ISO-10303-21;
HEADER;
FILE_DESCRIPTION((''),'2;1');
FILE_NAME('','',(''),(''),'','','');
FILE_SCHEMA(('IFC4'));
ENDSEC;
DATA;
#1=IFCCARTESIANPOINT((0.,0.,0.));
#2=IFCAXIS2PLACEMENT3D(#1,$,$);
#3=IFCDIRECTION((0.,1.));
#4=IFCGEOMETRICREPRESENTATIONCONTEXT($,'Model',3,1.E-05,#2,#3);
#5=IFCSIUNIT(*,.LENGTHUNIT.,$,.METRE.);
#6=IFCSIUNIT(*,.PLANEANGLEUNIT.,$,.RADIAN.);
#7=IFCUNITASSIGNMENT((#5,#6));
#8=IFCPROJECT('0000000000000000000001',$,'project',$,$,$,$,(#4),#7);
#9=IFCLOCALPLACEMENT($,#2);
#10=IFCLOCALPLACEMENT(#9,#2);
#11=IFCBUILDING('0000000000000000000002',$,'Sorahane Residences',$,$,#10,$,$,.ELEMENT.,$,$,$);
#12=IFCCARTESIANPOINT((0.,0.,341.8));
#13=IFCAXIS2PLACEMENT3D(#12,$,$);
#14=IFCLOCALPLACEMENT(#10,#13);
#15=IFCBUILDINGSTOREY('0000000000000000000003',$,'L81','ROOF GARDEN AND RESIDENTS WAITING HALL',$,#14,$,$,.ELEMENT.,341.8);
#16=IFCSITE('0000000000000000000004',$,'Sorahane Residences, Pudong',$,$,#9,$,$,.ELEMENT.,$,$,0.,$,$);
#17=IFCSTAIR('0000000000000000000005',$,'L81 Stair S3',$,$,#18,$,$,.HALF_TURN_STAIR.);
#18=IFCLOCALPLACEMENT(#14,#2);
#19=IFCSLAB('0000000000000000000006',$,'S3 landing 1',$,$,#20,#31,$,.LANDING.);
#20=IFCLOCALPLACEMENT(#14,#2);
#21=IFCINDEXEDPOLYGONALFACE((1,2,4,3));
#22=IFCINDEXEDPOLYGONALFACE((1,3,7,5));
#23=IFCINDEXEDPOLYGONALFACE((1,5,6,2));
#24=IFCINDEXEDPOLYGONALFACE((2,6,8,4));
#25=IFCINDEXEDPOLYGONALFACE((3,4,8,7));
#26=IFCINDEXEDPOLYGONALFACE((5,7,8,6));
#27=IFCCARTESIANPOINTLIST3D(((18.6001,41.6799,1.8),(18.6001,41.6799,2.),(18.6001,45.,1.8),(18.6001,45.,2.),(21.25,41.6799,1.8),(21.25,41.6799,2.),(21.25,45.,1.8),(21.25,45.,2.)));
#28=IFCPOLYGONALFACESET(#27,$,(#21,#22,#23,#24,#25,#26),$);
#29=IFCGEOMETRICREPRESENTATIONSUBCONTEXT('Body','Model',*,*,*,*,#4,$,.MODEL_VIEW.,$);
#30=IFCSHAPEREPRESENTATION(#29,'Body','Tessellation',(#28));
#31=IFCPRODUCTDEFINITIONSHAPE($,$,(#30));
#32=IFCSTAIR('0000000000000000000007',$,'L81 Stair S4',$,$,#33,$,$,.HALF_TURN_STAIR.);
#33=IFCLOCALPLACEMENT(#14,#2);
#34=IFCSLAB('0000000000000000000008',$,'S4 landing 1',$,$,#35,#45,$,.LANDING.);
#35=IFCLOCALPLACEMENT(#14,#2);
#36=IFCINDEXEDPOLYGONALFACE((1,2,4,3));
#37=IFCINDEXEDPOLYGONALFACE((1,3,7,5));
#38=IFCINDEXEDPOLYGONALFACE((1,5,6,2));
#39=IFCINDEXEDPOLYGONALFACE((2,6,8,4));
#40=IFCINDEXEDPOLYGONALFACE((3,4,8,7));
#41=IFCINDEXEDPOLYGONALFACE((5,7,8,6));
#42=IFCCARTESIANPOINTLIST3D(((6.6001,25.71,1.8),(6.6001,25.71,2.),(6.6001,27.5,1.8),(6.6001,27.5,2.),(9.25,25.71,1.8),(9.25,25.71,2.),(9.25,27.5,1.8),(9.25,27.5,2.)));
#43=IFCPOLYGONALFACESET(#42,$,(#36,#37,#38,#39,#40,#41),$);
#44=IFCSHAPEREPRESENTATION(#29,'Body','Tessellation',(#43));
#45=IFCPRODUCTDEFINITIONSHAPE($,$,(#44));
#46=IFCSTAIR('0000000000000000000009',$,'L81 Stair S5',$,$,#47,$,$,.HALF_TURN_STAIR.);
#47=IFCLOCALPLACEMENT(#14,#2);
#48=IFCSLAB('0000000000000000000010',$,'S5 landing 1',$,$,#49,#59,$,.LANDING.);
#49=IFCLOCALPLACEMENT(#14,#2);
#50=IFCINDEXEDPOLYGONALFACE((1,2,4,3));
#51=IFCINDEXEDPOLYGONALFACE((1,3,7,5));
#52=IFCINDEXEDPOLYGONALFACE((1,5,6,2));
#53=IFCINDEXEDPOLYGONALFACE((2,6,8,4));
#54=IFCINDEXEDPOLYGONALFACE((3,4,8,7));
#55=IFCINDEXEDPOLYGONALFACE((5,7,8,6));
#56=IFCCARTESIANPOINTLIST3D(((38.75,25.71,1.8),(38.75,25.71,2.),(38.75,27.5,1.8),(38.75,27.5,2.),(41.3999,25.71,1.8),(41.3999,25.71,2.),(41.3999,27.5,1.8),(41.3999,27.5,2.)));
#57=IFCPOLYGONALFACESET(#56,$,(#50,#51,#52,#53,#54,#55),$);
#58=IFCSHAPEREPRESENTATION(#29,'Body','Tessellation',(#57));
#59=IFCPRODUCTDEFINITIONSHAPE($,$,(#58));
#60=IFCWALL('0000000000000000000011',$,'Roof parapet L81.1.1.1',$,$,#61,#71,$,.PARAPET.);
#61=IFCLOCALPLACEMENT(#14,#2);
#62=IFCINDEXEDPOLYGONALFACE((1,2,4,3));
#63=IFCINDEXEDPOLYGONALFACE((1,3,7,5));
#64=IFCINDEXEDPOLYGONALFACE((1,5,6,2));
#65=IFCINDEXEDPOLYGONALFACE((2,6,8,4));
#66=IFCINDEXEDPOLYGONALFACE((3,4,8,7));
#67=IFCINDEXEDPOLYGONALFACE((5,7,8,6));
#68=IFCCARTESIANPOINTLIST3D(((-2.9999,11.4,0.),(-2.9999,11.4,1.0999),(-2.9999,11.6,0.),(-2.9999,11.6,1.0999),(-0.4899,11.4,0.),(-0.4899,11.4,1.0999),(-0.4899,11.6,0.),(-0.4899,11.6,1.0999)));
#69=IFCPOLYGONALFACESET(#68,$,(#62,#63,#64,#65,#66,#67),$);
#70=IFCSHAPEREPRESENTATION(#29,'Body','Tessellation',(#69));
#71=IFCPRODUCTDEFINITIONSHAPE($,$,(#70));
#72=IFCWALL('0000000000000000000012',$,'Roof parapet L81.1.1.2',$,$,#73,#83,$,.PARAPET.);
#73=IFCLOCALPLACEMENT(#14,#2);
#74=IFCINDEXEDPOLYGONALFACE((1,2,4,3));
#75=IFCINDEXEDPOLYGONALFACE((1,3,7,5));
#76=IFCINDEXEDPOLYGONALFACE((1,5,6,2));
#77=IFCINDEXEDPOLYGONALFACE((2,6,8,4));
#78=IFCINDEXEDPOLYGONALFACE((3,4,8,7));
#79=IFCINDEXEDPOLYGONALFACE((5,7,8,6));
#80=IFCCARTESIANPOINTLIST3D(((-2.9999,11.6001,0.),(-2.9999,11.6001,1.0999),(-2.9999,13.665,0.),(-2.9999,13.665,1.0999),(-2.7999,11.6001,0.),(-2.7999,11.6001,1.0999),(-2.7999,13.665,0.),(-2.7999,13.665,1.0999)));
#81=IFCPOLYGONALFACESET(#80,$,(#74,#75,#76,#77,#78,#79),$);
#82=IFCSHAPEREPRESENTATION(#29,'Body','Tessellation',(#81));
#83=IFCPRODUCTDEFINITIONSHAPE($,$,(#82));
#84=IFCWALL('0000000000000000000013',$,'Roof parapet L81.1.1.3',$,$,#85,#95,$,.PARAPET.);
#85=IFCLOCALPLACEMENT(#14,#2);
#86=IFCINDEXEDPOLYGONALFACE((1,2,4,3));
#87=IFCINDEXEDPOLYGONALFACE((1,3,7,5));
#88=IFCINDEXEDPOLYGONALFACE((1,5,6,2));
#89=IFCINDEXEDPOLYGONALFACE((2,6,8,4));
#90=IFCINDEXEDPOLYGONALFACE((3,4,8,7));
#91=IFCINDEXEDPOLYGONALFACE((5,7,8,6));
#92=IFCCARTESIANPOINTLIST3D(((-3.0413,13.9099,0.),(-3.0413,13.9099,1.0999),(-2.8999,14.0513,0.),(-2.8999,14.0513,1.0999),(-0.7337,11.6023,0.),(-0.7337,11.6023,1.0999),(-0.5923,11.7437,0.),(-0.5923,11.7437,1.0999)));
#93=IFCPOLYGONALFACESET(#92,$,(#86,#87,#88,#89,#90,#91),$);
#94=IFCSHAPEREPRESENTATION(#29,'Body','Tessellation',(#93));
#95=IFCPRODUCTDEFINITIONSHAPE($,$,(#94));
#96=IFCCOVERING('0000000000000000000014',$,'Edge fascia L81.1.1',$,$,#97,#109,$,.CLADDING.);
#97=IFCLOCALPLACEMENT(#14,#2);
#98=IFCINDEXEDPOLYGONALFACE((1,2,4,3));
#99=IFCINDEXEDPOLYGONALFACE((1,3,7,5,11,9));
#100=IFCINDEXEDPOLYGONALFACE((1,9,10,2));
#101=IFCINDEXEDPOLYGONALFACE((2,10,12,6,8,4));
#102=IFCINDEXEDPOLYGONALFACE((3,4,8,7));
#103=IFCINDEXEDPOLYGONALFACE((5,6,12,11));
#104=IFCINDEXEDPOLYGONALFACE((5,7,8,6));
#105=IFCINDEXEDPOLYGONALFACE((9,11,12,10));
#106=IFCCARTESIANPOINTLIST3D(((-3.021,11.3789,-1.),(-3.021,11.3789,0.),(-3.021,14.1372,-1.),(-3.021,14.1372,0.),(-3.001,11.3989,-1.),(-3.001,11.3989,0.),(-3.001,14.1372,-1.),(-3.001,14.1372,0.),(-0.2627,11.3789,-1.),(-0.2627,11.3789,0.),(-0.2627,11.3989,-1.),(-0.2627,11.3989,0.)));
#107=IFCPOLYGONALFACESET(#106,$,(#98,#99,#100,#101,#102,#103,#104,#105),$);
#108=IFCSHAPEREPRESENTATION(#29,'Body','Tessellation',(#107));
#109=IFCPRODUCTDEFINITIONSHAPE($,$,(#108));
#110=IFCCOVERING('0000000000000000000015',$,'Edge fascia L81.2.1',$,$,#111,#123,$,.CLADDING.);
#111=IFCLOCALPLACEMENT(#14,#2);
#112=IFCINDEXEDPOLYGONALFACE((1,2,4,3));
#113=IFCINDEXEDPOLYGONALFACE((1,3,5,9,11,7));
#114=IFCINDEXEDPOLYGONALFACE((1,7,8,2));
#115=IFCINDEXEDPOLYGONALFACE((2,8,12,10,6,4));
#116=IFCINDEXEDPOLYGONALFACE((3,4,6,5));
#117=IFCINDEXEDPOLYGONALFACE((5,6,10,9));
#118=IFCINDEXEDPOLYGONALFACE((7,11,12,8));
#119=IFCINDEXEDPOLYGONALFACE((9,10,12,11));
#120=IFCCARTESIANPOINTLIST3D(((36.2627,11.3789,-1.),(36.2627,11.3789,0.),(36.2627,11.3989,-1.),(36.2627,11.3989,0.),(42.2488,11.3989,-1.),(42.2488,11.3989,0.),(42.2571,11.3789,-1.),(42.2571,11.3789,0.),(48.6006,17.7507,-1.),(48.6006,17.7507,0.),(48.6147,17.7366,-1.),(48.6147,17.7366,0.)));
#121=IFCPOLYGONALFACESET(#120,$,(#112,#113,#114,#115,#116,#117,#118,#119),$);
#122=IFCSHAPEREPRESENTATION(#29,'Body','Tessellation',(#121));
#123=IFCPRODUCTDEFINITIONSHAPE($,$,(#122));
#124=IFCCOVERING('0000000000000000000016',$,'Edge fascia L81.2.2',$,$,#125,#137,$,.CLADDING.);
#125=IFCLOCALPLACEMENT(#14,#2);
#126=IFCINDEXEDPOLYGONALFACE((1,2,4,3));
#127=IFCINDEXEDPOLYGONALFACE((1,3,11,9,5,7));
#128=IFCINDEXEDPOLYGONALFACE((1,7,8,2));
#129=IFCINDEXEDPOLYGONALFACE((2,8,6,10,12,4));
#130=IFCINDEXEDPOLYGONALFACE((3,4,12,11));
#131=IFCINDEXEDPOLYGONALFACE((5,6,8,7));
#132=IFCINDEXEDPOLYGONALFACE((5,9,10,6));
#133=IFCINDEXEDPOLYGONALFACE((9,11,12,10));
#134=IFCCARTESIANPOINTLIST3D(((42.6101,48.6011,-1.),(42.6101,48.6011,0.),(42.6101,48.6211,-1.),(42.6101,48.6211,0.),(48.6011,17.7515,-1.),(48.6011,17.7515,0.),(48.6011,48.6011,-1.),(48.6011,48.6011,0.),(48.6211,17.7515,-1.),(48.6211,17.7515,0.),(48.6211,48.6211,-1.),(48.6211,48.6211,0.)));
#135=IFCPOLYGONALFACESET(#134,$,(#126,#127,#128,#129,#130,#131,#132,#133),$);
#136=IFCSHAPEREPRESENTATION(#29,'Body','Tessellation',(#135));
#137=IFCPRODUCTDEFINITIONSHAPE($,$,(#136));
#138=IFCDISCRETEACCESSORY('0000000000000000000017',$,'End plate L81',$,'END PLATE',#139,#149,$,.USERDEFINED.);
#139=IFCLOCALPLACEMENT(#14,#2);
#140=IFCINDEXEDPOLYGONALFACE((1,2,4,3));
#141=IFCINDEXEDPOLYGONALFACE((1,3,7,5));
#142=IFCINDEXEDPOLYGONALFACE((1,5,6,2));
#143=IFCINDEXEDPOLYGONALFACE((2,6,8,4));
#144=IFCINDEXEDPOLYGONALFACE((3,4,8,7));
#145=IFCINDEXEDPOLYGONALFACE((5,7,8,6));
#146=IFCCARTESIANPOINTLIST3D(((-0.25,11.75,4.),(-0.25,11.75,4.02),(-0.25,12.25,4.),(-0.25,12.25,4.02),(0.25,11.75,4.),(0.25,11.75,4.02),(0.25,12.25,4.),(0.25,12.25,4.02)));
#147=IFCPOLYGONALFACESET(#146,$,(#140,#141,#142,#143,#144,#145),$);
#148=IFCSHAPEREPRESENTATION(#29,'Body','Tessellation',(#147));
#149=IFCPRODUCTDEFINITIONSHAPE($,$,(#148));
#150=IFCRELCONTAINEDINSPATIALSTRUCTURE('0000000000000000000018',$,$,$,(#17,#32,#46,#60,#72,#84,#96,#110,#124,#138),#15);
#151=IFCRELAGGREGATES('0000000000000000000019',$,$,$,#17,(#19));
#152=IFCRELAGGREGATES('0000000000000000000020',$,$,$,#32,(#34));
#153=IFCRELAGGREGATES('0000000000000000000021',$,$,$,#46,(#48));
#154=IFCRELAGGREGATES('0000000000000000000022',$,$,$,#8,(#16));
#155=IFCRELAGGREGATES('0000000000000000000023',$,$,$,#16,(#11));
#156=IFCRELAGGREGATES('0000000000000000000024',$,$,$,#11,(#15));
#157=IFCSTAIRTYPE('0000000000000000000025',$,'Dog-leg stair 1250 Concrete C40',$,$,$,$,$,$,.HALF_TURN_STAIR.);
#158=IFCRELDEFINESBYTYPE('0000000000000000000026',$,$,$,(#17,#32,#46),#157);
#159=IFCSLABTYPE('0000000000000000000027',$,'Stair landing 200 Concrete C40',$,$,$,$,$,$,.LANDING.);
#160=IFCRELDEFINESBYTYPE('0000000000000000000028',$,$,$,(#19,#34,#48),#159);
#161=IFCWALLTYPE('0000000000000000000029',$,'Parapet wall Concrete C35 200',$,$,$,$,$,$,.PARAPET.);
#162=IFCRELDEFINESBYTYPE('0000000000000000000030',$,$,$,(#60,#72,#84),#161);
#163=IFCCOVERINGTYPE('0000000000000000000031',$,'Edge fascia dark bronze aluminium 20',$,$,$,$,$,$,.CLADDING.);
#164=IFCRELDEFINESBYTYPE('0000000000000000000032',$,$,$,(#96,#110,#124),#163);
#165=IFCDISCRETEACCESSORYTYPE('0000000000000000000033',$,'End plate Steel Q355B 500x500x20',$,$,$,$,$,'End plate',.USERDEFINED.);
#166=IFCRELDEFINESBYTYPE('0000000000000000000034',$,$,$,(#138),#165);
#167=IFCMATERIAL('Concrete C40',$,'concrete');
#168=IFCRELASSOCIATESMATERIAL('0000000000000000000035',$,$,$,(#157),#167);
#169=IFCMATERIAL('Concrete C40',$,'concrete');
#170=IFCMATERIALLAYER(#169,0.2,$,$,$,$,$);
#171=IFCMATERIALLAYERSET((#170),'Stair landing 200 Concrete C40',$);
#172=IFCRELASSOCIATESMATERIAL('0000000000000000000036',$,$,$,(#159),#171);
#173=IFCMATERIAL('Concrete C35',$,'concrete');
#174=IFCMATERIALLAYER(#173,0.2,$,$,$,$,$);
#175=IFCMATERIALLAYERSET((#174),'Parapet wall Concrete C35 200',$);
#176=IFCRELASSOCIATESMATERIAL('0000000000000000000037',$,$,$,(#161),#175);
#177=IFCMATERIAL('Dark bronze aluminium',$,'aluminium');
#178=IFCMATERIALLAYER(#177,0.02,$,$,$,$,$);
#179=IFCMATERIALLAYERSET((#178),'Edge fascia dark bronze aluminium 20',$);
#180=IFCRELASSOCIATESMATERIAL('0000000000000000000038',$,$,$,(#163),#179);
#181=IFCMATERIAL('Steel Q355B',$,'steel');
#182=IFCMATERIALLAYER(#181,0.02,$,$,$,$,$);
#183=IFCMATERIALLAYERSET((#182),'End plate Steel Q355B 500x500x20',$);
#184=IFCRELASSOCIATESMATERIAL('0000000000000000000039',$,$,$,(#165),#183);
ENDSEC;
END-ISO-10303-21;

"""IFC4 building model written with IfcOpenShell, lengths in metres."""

from ifc_helpers import new_model, si_unit, direction, frame, frame_2d, origin, origin_2d, place, context, subcontext, project, spatial, polyline, rectangle, outline, extrude, material, layer, layer_set, type_object, element, aggregate, save


model = new_model("IFC4")

# Units and contexts
model_context = context("Model", 3, precision=1e-05, world=origin(), true_north=direction((0.0, 1.0)))
body_context = subcontext(model_context, "Body", "Model", "MODEL_VIEW")
ifc_project = project(units=[si_unit("LENGTHUNIT", "METRE"), si_unit("PLANEANGLEUNIT", "RADIAN")], contexts=[model_context])

# Site, building, storey
site_placement = place(None, origin())
site = spatial("IfcSite", under=ifc_project, at=site_placement, Name="Sorahane Residences, Pudong", CompositionType="ELEMENT", RefElevation=0.0)
building_placement = place(site_placement, origin())
building = spatial("IfcBuilding", under=site, at=building_placement, Name="Sorahane Residences", CompositionType="ELEMENT")
storey_placement = place(building_placement, frame((0.0, 0.0, 341.8)))
storey = spatial("IfcBuildingStorey", under=building, at=storey_placement, Name="L81", Description="ROOF GARDEN AND RESIDENTS WAITING HALL", CompositionType="ELEMENT", Elevation=341.8)

# Stairs, slabs
ifc_material_1 = material(Name="Concrete C40", Category="concrete")
stair_type = type_object("IfcStairType", Name="Dog-leg stair 1250 Concrete C40", PredefinedType="HALF_TURN_STAIR", material=ifc_material_1)
ifc_material_2 = material(Name="Concrete C40", Category="concrete")
ifc_layer_1 = layer(ifc_material_2, 0.2)
ifc_layer_set_1 = layer_set([ifc_layer_1], Name="Stair landing 200 Concrete C40")
slab_type_1 = type_object("IfcSlabType", Name="Stair landing 200 Concrete C40", PredefinedType="LANDING", material=ifc_layer_set_1)
stair_1_placement = place(storey_placement, origin())
stair_1 = element("IfcStair", 1, at=stair_1_placement, inside=storey, type_object=stair_type, Name="L81 Stair S3", PredefinedType="HALF_TURN_STAIR")
slab_1_placement = place(storey_placement, frame((0.0, 0.0, 1.8)))
slab_1 = element("IfcSlab", 2, at=slab_1_placement, type_object=slab_type_1, Name="S3 landing 1", PredefinedType="LANDING", context=body_context, shape_type="SweptSolid", body=[
    extrude(outline(polyline([(21.25, 41.6799), (21.25, 45.0), (18.6001, 45.0), (18.6001, 41.6799), (21.25, 41.6799)])), origin(), (0.0, 0.0, 1.0), 0.2),
])
aggregate(stair_1, [slab_1])
stair_2_placement = place(storey_placement, origin())
stair_2 = element("IfcStair", 3, at=stair_2_placement, inside=storey, type_object=stair_type, Name="L81 Stair S4", PredefinedType="HALF_TURN_STAIR")
slab_2_placement = place(storey_placement, frame((0.0, 0.0, 1.8)))
slab_2 = element("IfcSlab", 4, at=slab_2_placement, type_object=slab_type_1, Name="S4 landing 1", PredefinedType="LANDING", context=body_context, shape_type="SweptSolid", body=[
    extrude(outline(polyline([(9.25, 25.71), (9.25, 27.5), (6.6001, 27.5), (6.6001, 25.71), (9.25, 25.71)])), origin(), (0.0, 0.0, 1.0), 0.2),
])
aggregate(stair_2, [slab_2])
stair_3_placement = place(storey_placement, origin())
stair_3 = element("IfcStair", 5, at=stair_3_placement, inside=storey, type_object=stair_type, Name="L81 Stair S5", PredefinedType="HALF_TURN_STAIR")
slab_3_placement = place(storey_placement, frame((0.0, 0.0, 1.8)))
slab_3 = element("IfcSlab", 6, at=slab_3_placement, type_object=slab_type_1, Name="S5 landing 1", PredefinedType="LANDING", context=body_context, shape_type="SweptSolid", body=[
    extrude(outline(polyline([(41.3999, 25.71), (41.3999, 27.5), (38.75, 27.5), (38.75, 25.71), (41.3999, 25.71)])), origin(), (0.0, 0.0, 1.0), 0.2),
])
aggregate(stair_3, [slab_3])

# Walls
ifc_material_3 = material(Name="Concrete C35", Category="concrete")
ifc_layer_2 = layer(ifc_material_3, 0.2)
ifc_layer_set_2 = layer_set([ifc_layer_2], Name="Parapet wall Concrete C35 200")
wall_type = type_object("IfcWallType", Name="Parapet wall Concrete C35 200", PredefinedType="PARAPET", material=ifc_layer_set_2)
wall_1_placement = place(storey_placement, frame((-0.49, 11.5, 0.0), z_axis=(0.0, 0.0, 1.0), x_axis=(-1.0, 0.0, 0.0)))
element("IfcWall", 7, at=wall_1_placement, inside=storey, type_object=wall_type, Name="Roof parapet L81.1.1.1", PredefinedType="PARAPET", context=body_context, shape_type="SweptSolid", body=[
    extrude(rectangle(XDim=2.51, YDim=0.2, at=frame_2d((1.2549, 0.0))), origin(), (0.0, 0.0, 1.0), 1.0999),
])
wall_2_placement = place(storey_placement, frame((-2.8999, 11.6001, 0.0), z_axis=(0.0, 0.0, 1.0), x_axis=(0.0, 1.0, 0.0)))
element("IfcWall", 8, at=wall_2_placement, inside=storey, type_object=wall_type, Name="Roof parapet L81.1.1.2", PredefinedType="PARAPET", context=body_context, shape_type="SweptSolid", body=[
    extrude(rectangle(XDim=2.0649, YDim=0.2, at=frame_2d((1.0325, 0.0))), origin(), (0.0, 0.0, 1.0), 1.0999),
])
wall_3_placement = place(storey_placement, frame((-2.9707, 13.9807, 0.0), z_axis=(0.0, 0.0, 1.0), x_axis=(0.707107, -0.707107, 0.0)))
element("IfcWall", 9, at=wall_3_placement, inside=storey, type_object=wall_type, Name="Roof parapet L81.1.1.3", PredefinedType="PARAPET", context=body_context, shape_type="SweptSolid", body=[
    extrude(rectangle(XDim=3.2634, YDim=0.2, at=frame_2d((1.6318, 0.0))), origin(), (0.0, 0.0, 1.0), 1.0999),
])

# Coverings
ifc_material_4 = material(Name="Dark bronze aluminium", Category="aluminium")
ifc_layer_3 = layer(ifc_material_4, 0.02)
ifc_layer_set_3 = layer_set([ifc_layer_3], Name="Edge fascia dark bronze aluminium 20")
covering_type = type_object("IfcCoveringType", Name="Edge fascia dark bronze aluminium 20", PredefinedType="CLADDING", material=ifc_layer_set_3)
covering_1_placement = place(storey_placement, frame((0.0, 0.0, -1.0)))
element("IfcCovering", 10, at=covering_1_placement, inside=storey, type_object=covering_type, Name="Edge fascia L81.1.1", PredefinedType="CLADDING", context=body_context, shape_type="SweptSolid", body=[
    extrude(outline(polyline([(-3.021, 11.3789), (-3.021, 14.1372), (-3.001, 14.1372), (-3.001, 11.3989), (-0.2627, 11.3989), (-0.2627, 11.3789), (-3.021, 11.3789)])), origin(), (0.0, 0.0, 1.0), 1.0),
])
covering_2_placement = place(storey_placement, frame((0.0, 0.0, -1.0)))
element("IfcCovering", 11, at=covering_2_placement, inside=storey, type_object=covering_type, Name="Edge fascia L81.2.1", PredefinedType="CLADDING", context=body_context, shape_type="SweptSolid", body=[
    extrude(outline(polyline([(42.2571, 11.3789), (36.2627, 11.3789), (36.2627, 11.3989), (42.2488, 11.3989), (48.6006, 17.7507), (48.6147, 17.7366), (42.2571, 11.3789)])), origin(), (0.0, 0.0, 1.0), 1.0),
])
covering_3_placement = place(storey_placement, frame((0.0, 0.0, -1.0)))
element("IfcCovering", 12, at=covering_3_placement, inside=storey, type_object=covering_type, Name="Edge fascia L81.2.2", PredefinedType="CLADDING", context=body_context, shape_type="SweptSolid", body=[
    extrude(outline(polyline([(48.6211, 48.6211), (48.6211, 17.7515), (48.6011, 17.7515), (48.6011, 48.6011), (42.6101, 48.6011), (42.6101, 48.6211), (48.6211, 48.6211)])), origin(), (0.0, 0.0, 1.0), 1.0),
])

# Discrete accessory
ifc_material_5 = material(Name="Steel Q355B", Category="steel")
ifc_layer_4 = layer(ifc_material_5, 0.02)
ifc_layer_set_4 = layer_set([ifc_layer_4], Name="End plate Steel Q355B 500x500x20")
discrete_accessory_type = type_object("IfcDiscreteAccessoryType", Name="End plate Steel Q355B 500x500x20", ElementType="End plate", PredefinedType="USERDEFINED", material=ifc_layer_set_4)
discrete_accessory_placement = place(storey_placement, frame((0.0, 12.0, 4.0), z_axis=(0.0, 0.0, 1.0), x_axis=(1.0, 0.0, 0.0)))
element("IfcDiscreteAccessory", 13, at=discrete_accessory_placement, inside=storey, type_object=discrete_accessory_type, Name="End plate L81", ObjectType="END PLATE", PredefinedType="USERDEFINED", context=body_context, shape_type="SweptSolid", body=[
    extrude(rectangle(XDim=0.5, YDim=0.5, at=origin_2d()), origin(), (0.0, 0.0, 1.0), 0.02),
])

save(model, "model.ifc")
